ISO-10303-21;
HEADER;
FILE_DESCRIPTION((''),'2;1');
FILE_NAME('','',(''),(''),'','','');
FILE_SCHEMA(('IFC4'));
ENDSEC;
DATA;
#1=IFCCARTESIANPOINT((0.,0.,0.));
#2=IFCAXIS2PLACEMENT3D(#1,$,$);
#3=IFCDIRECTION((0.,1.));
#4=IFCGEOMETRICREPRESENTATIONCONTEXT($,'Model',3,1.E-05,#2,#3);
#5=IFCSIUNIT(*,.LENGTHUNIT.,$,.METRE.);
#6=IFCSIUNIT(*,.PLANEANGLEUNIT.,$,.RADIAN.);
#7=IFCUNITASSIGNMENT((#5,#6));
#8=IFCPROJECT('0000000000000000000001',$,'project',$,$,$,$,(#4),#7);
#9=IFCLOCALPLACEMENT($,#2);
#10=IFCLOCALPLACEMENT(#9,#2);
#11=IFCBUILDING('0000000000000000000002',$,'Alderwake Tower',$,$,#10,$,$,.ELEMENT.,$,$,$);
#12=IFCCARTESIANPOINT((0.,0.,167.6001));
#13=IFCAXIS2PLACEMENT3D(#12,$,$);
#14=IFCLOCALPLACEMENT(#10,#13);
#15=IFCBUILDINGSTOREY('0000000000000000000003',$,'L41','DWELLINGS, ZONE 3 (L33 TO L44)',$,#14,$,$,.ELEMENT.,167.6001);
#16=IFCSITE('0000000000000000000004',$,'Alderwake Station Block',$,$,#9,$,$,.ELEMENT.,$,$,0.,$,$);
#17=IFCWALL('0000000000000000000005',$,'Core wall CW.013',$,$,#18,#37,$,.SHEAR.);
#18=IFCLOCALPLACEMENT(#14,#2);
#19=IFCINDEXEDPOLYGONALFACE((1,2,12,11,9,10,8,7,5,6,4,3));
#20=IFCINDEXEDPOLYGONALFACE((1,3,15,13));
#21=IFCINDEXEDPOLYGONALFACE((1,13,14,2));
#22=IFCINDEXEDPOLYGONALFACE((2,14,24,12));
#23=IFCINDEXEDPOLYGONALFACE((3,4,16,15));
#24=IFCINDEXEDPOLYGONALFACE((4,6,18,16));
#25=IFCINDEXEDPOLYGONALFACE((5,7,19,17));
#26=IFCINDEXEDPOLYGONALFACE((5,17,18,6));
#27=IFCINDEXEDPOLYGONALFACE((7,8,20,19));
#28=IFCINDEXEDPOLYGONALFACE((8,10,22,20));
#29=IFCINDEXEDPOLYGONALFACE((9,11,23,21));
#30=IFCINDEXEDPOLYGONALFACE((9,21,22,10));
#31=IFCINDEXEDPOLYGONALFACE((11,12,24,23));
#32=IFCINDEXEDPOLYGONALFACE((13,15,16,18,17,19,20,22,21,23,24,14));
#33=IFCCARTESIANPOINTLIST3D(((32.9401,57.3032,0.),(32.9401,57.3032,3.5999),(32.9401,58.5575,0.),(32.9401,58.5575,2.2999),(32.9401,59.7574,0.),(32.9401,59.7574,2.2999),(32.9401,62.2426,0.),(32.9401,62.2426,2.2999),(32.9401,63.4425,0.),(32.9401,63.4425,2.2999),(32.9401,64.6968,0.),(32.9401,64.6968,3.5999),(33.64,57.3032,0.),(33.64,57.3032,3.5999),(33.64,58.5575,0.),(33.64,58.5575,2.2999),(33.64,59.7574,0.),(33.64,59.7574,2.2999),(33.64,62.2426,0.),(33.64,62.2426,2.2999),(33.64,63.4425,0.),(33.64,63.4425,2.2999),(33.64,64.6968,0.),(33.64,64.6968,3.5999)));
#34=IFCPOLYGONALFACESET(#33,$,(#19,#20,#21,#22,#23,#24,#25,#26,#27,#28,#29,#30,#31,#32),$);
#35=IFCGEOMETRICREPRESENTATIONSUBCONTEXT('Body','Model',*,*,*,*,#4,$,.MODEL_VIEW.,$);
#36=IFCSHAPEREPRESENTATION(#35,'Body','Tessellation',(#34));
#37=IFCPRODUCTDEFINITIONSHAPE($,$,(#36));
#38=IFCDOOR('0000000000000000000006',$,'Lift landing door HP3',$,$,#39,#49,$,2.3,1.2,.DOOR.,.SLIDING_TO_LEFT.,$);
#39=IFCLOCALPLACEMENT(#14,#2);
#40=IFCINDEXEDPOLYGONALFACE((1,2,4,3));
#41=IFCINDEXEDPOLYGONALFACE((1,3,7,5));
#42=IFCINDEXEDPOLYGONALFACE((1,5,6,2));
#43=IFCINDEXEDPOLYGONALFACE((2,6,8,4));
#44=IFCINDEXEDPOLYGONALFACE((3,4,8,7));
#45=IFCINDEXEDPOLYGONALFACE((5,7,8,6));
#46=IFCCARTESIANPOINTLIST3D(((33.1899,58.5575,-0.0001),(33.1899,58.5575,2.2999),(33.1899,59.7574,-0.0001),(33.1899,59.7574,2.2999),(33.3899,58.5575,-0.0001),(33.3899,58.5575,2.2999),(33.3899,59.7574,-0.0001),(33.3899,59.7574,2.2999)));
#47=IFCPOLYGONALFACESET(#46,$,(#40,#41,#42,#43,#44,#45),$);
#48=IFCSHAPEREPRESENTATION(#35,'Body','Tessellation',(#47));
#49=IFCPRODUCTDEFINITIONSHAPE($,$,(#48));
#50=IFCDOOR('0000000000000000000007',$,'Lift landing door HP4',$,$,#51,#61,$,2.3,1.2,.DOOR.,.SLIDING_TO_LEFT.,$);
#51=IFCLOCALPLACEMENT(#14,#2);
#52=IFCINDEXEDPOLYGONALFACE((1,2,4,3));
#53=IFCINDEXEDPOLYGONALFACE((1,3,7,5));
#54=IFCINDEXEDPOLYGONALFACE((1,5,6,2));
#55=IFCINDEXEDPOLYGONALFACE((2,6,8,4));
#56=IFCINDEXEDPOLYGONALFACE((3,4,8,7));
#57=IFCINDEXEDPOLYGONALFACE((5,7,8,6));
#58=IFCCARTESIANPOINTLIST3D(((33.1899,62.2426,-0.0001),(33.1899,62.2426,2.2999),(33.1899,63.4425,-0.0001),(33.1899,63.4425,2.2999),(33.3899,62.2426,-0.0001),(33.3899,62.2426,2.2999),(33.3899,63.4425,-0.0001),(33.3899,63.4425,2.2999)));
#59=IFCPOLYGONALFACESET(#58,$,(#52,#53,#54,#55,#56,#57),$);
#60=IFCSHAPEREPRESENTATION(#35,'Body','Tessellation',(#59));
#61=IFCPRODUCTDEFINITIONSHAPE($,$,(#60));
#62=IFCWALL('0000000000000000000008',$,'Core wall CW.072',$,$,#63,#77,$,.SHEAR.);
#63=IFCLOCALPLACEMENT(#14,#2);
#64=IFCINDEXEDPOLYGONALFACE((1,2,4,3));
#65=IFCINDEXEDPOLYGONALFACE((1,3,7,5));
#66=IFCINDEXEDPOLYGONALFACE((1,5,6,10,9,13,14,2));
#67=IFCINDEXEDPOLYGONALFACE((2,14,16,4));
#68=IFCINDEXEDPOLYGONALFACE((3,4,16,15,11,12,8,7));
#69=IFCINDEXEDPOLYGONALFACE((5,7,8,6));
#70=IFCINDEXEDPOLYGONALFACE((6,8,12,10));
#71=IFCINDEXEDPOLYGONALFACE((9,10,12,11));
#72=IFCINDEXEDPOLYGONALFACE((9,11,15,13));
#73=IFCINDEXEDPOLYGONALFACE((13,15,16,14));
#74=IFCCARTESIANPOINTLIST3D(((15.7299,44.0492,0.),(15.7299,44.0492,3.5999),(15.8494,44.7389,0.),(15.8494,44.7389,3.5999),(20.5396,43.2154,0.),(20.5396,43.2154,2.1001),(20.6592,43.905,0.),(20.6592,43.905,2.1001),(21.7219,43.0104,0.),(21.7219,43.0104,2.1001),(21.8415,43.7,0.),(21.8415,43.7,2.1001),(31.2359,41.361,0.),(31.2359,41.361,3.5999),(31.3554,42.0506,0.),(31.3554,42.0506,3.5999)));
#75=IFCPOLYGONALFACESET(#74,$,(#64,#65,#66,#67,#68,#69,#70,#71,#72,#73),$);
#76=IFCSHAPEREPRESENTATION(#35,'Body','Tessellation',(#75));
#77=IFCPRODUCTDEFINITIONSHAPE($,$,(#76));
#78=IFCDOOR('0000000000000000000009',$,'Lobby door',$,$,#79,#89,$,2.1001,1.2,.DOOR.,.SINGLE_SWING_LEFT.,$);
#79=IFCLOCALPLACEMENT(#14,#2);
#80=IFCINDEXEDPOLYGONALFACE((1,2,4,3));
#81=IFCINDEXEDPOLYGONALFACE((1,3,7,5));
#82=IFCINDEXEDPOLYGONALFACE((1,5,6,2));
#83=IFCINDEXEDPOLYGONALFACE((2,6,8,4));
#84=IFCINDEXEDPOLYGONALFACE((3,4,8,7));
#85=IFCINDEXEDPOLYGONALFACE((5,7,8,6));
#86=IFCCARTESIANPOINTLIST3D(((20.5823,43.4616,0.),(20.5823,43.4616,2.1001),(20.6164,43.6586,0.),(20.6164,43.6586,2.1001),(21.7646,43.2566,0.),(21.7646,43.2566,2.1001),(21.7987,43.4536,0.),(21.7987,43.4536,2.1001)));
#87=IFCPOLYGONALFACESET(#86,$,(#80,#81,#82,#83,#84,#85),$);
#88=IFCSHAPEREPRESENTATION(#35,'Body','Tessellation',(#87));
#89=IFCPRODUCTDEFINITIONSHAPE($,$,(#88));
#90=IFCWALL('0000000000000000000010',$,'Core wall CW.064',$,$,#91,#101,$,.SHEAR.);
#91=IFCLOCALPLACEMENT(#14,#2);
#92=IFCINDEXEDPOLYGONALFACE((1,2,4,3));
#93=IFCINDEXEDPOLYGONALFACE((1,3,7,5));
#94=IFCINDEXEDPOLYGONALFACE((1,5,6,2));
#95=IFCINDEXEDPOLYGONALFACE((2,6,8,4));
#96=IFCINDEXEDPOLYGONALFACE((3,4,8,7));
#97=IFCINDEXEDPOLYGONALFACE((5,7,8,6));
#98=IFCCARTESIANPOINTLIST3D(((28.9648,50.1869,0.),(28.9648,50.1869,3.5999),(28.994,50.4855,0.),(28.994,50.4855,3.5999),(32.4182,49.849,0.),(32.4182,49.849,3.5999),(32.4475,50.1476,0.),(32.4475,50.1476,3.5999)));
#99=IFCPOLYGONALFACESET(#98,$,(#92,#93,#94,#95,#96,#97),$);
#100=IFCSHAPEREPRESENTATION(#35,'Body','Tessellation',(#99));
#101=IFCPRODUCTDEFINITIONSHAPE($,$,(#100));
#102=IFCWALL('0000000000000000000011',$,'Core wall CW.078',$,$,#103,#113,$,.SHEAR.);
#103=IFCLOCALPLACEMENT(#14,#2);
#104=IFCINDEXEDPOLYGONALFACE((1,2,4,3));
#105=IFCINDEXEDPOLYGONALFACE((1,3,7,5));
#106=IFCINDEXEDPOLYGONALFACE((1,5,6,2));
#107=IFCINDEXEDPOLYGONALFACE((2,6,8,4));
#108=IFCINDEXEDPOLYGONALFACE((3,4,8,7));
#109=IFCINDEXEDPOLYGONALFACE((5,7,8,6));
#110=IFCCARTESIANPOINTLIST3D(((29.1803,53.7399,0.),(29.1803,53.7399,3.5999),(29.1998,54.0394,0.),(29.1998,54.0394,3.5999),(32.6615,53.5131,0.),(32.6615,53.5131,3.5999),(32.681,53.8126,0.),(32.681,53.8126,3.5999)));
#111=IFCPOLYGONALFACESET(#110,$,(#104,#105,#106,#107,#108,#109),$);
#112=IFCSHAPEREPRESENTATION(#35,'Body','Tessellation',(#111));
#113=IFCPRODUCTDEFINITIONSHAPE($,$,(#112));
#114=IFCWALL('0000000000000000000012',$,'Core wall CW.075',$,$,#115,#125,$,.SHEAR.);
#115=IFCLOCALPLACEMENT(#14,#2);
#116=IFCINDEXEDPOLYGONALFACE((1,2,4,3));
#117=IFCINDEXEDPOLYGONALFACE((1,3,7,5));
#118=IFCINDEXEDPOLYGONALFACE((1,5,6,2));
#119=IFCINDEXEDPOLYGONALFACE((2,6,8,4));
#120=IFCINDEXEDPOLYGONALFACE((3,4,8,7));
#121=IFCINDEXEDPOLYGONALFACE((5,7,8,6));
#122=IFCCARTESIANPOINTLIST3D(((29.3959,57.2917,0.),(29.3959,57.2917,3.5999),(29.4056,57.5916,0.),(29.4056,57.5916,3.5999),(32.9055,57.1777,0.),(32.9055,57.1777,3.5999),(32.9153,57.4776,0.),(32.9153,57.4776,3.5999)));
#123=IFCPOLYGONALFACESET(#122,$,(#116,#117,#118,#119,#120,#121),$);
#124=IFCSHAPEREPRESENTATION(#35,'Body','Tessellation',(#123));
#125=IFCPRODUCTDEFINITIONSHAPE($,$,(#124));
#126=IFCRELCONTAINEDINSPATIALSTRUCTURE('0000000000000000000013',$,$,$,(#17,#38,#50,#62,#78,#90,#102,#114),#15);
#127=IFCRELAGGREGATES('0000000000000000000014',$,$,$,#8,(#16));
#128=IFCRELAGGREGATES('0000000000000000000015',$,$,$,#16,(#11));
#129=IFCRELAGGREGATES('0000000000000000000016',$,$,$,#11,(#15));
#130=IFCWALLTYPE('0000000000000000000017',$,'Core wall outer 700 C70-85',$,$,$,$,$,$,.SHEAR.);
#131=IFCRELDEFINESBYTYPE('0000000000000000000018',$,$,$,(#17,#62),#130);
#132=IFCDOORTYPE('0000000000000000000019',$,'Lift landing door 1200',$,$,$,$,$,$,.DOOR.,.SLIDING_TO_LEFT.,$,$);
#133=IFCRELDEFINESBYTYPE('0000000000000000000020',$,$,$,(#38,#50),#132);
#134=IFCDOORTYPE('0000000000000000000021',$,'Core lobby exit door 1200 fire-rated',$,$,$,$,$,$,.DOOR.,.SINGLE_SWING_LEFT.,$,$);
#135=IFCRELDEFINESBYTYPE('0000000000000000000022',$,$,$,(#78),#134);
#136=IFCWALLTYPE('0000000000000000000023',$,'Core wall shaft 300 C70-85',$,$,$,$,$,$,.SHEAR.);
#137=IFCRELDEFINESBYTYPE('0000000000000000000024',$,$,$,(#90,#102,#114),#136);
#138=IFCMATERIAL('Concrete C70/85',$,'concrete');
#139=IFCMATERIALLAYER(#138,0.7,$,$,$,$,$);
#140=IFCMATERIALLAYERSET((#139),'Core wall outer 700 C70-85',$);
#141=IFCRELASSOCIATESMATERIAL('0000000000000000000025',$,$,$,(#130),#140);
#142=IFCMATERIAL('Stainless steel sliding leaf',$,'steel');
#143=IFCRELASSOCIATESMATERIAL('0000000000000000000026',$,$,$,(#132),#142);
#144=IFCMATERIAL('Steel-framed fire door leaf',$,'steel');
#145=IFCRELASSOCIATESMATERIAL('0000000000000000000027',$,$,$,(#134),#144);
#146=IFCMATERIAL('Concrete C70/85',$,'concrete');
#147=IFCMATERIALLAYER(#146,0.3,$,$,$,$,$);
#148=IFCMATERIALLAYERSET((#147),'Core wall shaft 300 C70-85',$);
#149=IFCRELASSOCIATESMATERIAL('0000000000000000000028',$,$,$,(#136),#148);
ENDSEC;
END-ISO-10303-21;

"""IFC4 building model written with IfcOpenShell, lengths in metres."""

from ifc_helpers import new_model, si_unit, direction, frame, frame_2d, origin, place, context, subcontext, project, spatial, rectangle, extrude, material, layer, layer_set, type_object, element, fill, save


model = new_model("IFC4")

# Units and contexts
model_context = context("Model", 3, precision=1e-05, world=origin(), true_north=direction((0.0, 1.0)))
body_context = subcontext(model_context, "Body", "Model", "MODEL_VIEW")
ifc_project = project(units=[si_unit("LENGTHUNIT", "METRE"), si_unit("PLANEANGLEUNIT", "RADIAN")], contexts=[model_context])

# Site, building, storey
site_placement = place(None, origin())
site = spatial("IfcSite", under=ifc_project, at=site_placement, Name="Alderwake Station Block", CompositionType="ELEMENT", RefElevation=0.0)
building_placement = place(site_placement, origin())
building = spatial("IfcBuilding", under=site, at=building_placement, Name="Alderwake Tower", CompositionType="ELEMENT")
storey_placement = place(building_placement, frame((0.0, 0.0, 167.6001)))
storey = spatial("IfcBuildingStorey", under=building, at=storey_placement, Name="L41", Description="DWELLINGS, ZONE 3 (L33 TO L44)", CompositionType="ELEMENT", Elevation=167.6001)

# Shared definitions
ifc_material_1 = material(Name="Concrete C70/85", Category="concrete")
ifc_layer_1 = layer(ifc_material_1, 0.7)
ifc_layer_set_1 = layer_set([ifc_layer_1], Name="Core wall outer 700 C70-85")
wall_type_1 = type_object("IfcWallType", Name="Core wall outer 700 C70-85", PredefinedType="SHEAR", material=ifc_layer_set_1)

# Wall, openings, doors
ifc_material_2 = material(Name="Stainless steel sliding leaf", Category="steel")
door_type_1 = type_object("IfcDoorType", Name="Lift landing door 1200", OperationType="SLIDING_TO_LEFT", PredefinedType="DOOR", material=ifc_material_2)
wall_1_placement = place(storey_placement, frame((33.29, 57.3032, 0.0), z_axis=(0.0, 0.0, 1.0), x_axis=(0.0, 1.0, 0.0)))
wall_1 = element("IfcWall", 1, at=wall_1_placement, inside=storey, type_object=wall_type_1, Name="Core wall CW.013", PredefinedType="SHEAR", context=body_context, shape_type="SweptSolid", body=[
    extrude(rectangle(XDim=7.3936, YDim=0.7, at=frame_2d((3.6968, 0.0))), origin(), (0.0, 0.0, 1.0), 3.5999),
])
opening_1_placement = place(wall_1_placement, frame((1.2542, 0.0, 0.0)))
opening_1 = element("IfcOpeningElement", 2, at=opening_1_placement, cuts=wall_1, PredefinedType="OPENING", context=body_context, shape_type="SweptSolid", body=[
    extrude(rectangle(XDim=1.2, YDim=2.3, at=frame_2d((0.6001, 1.1499))), frame((0.0, 0.3599, 0.0), z_axis=(0.0, -1.0, 0.0), x_axis=(1.0, 0.0, 0.0)), (0.0, 0.0, 1.0), 0.72),
])
opening_2_placement = place(wall_1_placement, frame((4.9392, 0.0, 0.0)))
opening_2 = element("IfcOpeningElement", 3, at=opening_2_placement, cuts=wall_1, PredefinedType="OPENING", context=body_context, shape_type="SweptSolid", body=[
    extrude(rectangle(XDim=1.2, YDim=2.3, at=frame_2d((0.6001, 1.1499))), frame((0.0, 0.3599, 0.0), z_axis=(0.0, -1.0, 0.0), x_axis=(1.0, 0.0, 0.0)), (0.0, 0.0, 1.0), 0.72),
])
door_1_placement = place(opening_1_placement, origin())
door_1 = element("IfcDoor", 4, at=door_1_placement, inside=storey, type_object=door_type_1, Name="Lift landing door HP3", OperationType="SLIDING_TO_LEFT", OverallHeight=2.3, OverallWidth=1.2, PredefinedType="DOOR", context=body_context, shape_type="SweptSolid", body=[
    extrude(rectangle(XDim=1.2, YDim=2.3, at=frame_2d((0.6001, 1.1499))), frame((0.0, 0.1001, 0.0), z_axis=(0.0, -1.0, 0.0), x_axis=(1.0, 0.0, 0.0)), (0.0, 0.0, 1.0), 0.2),
])
fill(opening_1, door_1)
door_2_placement = place(opening_2_placement, origin())
door_2 = element("IfcDoor", 5, at=door_2_placement, inside=storey, type_object=door_type_1, Name="Lift landing door HP4", OperationType="SLIDING_TO_LEFT", OverallHeight=2.3, OverallWidth=1.2, PredefinedType="DOOR", context=body_context, shape_type="SweptSolid", body=[
    extrude(rectangle(XDim=1.2, YDim=2.3, at=frame_2d((0.6001, 1.1499))), frame((0.0, 0.1001, 0.0), z_axis=(0.0, -1.0, 0.0), x_axis=(1.0, 0.0, 0.0)), (0.0, 0.0, 1.0), 0.2),
])
fill(opening_2, door_2)

# Wall, opening, door
wall_2_placement = place(storey_placement, frame((31.2957, 41.7058, 0.0), z_axis=(0.0, 0.0, 1.0), x_axis=(-0.985303, 0.170818, 0.0)))
wall_2 = element("IfcWall", 6, at=wall_2_placement, inside=storey, type_object=wall_type_1, Name="Core wall CW.072", PredefinedType="SHEAR", context=body_context, shape_type="SweptSolid", body=[
    extrude(rectangle(XDim=15.7373, YDim=0.7, at=frame_2d((7.8687, 0.0))), origin(), (0.0, 0.0, 1.0), 3.5999),
])
opening_3_placement = place(wall_2_placement, frame((9.6558, 0.0, 0.0)))
opening_3 = element("IfcOpeningElement", 7, at=opening_3_placement, cuts=wall_2, PredefinedType="OPENING", context=body_context, shape_type="SweptSolid", body=[
    extrude(rectangle(XDim=1.2, YDim=2.1001, at=frame_2d((0.6001, 1.05))), frame((0.0, 0.3599, 0.0), z_axis=(0.0, -1.0, 0.0), x_axis=(1.0, 0.0, 0.0)), (0.0, 0.0, 1.0), 0.72),
])
ifc_material_3 = material(Name="Steel-framed fire door leaf", Category="steel")
door_type_2 = type_object("IfcDoorType", Name="Core lobby exit door 1200 fire-rated", OperationType="SINGLE_SWING_LEFT", PredefinedType="DOOR", material=ifc_material_3)
door_3_placement = place(opening_3_placement, origin())
door_3 = element("IfcDoor", 8, at=door_3_placement, inside=storey, type_object=door_type_2, Name="Lobby door", OperationType="SINGLE_SWING_LEFT", OverallHeight=2.1001, OverallWidth=1.2, PredefinedType="DOOR", context=body_context, shape_type="SweptSolid", body=[
    extrude(rectangle(XDim=1.2, YDim=2.1001, at=frame_2d((0.6001, 1.05))), frame((0.0, 0.1001, 0.0), z_axis=(0.0, -1.0, 0.0), x_axis=(1.0, 0.0, 0.0)), (0.0, 0.0, 1.0), 0.2),
])
fill(opening_3, door_3)

# Walls
ifc_material_4 = material(Name="Concrete C70/85", Category="concrete")
ifc_layer_2 = layer(ifc_material_4, 0.3)
ifc_layer_set_2 = layer_set([ifc_layer_2], Name="Core wall shaft 300 C70-85")
wall_type_2 = type_object("IfcWallType", Name="Core wall shaft 300 C70-85", PredefinedType="SHEAR", material=ifc_layer_set_2)
wall_3_placement = place(storey_placement, frame((28.9795, 50.3362, 0.0), z_axis=(0.0, 0.0, 1.0), x_axis=(0.995247, -0.097379, 0.0)))
element("IfcWall", 9, at=wall_3_placement, inside=storey, type_object=wall_type_2, Name="Core wall CW.064", PredefinedType="SHEAR", context=body_context, shape_type="SweptSolid", body=[
    extrude(rectangle(XDim=3.47, YDim=0.3, at=frame_2d((1.7349, 0.0))), origin(), (0.0, 0.0, 1.0), 3.5999),
])
wall_4_placement = place(storey_placement, frame((29.1902, 53.8896, 0.0), z_axis=(0.0, 0.0, 1.0), x_axis=(0.997884, -0.065014, 0.0)))
element("IfcWall", 10, at=wall_4_placement, inside=storey, type_object=wall_type_2, Name="Core wall CW.078", PredefinedType="SHEAR", context=body_context, shape_type="SweptSolid", body=[
    extrude(rectangle(XDim=3.4885, YDim=0.3, at=frame_2d((1.7441, 0.0))), origin(), (0.0, 0.0, 1.0), 3.5999),
])
wall_5_placement = place(storey_placement, frame((29.4006, 57.4417, 0.0), z_axis=(0.0, 0.0, 1.0), x_axis=(0.999473, -0.03247, 0.0)))
element("IfcWall", 11, at=wall_5_placement, inside=storey, type_object=wall_type_2, Name="Core wall CW.075", PredefinedType="SHEAR", context=body_context, shape_type="SweptSolid", body=[
    extrude(rectangle(XDim=3.5115, YDim=0.3, at=frame_2d((1.7559, 0.0))), origin(), (0.0, 0.0, 1.0), 3.5999),
])

save(model, "model.ifc")
